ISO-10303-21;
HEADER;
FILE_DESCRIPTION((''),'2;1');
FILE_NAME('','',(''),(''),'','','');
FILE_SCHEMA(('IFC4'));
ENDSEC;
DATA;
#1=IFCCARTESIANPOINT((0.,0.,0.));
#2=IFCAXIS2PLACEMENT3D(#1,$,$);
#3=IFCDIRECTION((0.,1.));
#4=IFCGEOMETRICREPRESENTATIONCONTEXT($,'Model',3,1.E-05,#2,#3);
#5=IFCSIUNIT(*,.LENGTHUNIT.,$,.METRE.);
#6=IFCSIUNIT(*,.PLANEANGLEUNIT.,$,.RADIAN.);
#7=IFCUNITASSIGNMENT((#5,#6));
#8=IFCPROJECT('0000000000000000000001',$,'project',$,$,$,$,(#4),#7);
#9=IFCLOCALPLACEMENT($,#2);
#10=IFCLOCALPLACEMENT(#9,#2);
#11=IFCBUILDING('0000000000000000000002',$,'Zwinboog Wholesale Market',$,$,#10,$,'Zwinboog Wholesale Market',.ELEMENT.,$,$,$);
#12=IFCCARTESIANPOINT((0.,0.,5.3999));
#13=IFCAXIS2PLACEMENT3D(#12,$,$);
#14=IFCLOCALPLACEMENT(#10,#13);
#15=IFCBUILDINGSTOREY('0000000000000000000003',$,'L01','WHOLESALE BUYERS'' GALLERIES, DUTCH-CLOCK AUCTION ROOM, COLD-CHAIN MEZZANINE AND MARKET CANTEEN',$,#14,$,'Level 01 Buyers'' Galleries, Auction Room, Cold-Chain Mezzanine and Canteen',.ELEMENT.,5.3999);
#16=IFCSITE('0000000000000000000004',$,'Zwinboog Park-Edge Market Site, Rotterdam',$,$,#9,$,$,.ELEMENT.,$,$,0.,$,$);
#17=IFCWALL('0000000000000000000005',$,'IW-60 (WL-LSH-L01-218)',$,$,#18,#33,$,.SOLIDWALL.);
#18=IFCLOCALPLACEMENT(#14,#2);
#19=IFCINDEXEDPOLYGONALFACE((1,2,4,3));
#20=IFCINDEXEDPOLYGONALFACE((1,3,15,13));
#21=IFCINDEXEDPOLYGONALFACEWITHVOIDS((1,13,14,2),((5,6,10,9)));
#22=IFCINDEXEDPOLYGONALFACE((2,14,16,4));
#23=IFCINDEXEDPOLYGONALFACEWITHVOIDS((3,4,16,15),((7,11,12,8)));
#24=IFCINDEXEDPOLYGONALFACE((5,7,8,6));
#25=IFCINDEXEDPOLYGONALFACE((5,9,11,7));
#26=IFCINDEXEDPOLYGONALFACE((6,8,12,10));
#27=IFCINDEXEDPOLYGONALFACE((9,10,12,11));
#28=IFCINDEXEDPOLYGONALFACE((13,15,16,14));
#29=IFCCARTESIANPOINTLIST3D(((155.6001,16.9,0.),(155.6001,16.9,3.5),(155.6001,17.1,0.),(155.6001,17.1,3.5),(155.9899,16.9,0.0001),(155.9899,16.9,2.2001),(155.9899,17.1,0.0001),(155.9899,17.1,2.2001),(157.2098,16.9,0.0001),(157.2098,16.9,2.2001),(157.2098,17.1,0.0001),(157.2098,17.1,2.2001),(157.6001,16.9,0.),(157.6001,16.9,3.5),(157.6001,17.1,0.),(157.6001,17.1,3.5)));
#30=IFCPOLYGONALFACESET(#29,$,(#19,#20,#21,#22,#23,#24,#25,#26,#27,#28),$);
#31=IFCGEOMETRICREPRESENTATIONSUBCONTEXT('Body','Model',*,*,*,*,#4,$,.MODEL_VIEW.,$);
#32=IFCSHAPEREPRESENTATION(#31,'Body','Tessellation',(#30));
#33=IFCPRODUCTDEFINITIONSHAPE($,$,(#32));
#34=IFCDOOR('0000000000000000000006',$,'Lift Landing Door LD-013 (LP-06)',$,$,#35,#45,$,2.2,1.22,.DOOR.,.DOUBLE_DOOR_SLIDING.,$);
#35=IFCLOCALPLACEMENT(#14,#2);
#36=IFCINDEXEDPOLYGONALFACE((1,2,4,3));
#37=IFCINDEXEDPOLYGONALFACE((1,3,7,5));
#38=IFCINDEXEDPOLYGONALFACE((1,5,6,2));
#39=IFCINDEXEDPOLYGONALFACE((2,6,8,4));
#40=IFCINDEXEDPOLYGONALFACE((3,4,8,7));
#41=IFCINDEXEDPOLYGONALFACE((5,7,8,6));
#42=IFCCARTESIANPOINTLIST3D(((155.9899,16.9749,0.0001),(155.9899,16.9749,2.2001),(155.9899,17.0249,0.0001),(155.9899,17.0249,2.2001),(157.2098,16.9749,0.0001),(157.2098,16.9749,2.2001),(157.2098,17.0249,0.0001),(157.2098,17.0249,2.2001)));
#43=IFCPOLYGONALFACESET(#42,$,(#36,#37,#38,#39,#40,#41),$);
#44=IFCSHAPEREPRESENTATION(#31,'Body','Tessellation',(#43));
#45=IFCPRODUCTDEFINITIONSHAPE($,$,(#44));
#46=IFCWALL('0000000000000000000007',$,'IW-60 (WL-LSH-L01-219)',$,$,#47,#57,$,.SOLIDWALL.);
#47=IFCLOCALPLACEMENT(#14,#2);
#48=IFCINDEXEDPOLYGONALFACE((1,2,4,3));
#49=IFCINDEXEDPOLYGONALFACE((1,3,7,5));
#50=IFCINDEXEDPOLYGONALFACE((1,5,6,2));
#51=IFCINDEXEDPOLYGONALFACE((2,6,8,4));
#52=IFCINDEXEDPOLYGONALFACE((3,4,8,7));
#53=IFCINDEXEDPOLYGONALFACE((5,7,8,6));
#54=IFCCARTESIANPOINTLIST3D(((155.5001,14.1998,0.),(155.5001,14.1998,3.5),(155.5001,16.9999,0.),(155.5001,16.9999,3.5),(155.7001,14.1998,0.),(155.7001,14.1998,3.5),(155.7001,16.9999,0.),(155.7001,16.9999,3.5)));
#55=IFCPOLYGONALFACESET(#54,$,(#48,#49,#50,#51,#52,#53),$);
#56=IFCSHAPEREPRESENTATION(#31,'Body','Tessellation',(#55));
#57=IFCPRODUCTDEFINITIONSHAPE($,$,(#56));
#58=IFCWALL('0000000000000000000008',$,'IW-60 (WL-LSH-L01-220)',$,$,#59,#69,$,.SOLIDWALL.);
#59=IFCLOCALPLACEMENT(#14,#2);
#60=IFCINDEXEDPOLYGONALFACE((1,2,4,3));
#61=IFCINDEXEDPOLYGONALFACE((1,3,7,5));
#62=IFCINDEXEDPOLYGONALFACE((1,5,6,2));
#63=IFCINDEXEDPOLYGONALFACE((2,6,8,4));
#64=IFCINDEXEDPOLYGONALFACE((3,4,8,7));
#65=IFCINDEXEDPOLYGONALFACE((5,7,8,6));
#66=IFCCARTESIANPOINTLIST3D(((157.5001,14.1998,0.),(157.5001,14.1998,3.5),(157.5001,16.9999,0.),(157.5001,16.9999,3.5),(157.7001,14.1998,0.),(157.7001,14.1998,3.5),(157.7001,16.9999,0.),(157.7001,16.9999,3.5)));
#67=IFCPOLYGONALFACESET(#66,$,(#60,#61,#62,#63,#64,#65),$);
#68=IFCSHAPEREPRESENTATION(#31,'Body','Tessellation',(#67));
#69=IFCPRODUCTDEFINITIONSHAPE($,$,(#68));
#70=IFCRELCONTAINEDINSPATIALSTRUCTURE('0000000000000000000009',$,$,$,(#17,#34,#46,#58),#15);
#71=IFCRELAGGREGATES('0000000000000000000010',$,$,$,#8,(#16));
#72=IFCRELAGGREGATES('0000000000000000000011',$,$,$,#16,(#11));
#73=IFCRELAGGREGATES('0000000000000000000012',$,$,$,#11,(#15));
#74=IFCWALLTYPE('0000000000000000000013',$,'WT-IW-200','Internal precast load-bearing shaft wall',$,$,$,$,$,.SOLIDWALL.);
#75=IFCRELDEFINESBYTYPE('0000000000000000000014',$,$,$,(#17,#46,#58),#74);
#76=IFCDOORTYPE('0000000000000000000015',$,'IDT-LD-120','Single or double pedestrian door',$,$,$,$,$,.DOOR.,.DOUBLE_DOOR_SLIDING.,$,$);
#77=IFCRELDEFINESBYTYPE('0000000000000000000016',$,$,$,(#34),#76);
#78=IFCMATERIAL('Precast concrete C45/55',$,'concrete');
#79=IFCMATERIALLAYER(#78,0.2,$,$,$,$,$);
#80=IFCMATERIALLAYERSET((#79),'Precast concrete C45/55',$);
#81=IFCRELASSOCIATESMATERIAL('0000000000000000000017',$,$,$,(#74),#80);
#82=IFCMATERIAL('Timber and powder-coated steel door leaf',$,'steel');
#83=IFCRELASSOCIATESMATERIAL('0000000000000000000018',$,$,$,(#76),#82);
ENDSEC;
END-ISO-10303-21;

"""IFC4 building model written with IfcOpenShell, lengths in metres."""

from ifc_helpers import new_model, si_unit, direction, frame, frame_2d, origin, place, context, subcontext, project, spatial, rectangle, extrude, material, layer, layer_set, type_object, element, fill, save


model = new_model("IFC4")

# Units and contexts
model_context = context("Model", 3, precision=1e-05, world=origin(), true_north=direction((0.0, 1.0)))
body_context = subcontext(model_context, "Body", "Model", "MODEL_VIEW")
ifc_project = project(units=[si_unit("LENGTHUNIT", "METRE"), si_unit("PLANEANGLEUNIT", "RADIAN")], contexts=[model_context])

# Site, building, storey
site_placement = place(None, origin())
site = spatial("IfcSite", under=ifc_project, at=site_placement, Name="Zwinboog Park-Edge Market Site, Rotterdam", CompositionType="ELEMENT", RefElevation=0.0)
building_placement = place(site_placement, origin())
building = spatial("IfcBuilding", under=site, at=building_placement, Name="Zwinboog Wholesale Market", LongName="Zwinboog Wholesale Market", CompositionType="ELEMENT")
storey_placement = place(building_placement, frame((0.0, 0.0, 5.3999)))
storey = spatial("IfcBuildingStorey", under=building, at=storey_placement, Name="L01", Description="WHOLESALE BUYERS' GALLERIES, DUTCH-CLOCK AUCTION ROOM, COLD-CHAIN MEZZANINE AND MARKET CANTEEN", LongName="Level 01 Buyers' Galleries, Auction Room, Cold-Chain Mezzanine and Canteen", CompositionType="ELEMENT", Elevation=5.3999)

# Shared definitions
ifc_material_1 = material(Name="Precast concrete C45/55", Category="concrete")

# Shared definitions
ifc_material_2 = material(Name="Timber and powder-coated steel door leaf", Category="steel")

# Shared definitions
ifc_layer_1 = layer(ifc_material_1, 0.2)
ifc_layer_set_1 = layer_set([ifc_layer_1], Name="Precast concrete C45/55")
wall_type_1 = type_object("IfcWallType", Name="WT-IW-200", Description="Internal precast load-bearing shaft wall", PredefinedType="SOLIDWALL", material=ifc_layer_set_1)

# Wall, opening, door
wall_1_placement = place(storey_placement, frame((155.6001, 17.0, 0.0), z_axis=(0.0, 0.0, 1.0), x_axis=(1.0, 0.0, 0.0)))
wall_1 = element("IfcWall", 1, at=wall_1_placement, inside=storey, type_object=wall_type_1, Name="IW-60 (WL-LSH-L01-218)", PredefinedType="SOLIDWALL", context=body_context, shape_type="SweptSolid", body=[
    extrude(rectangle(XDim=2.0, YDim=0.2, at=frame_2d((1.0, 0.0))), origin(), (0.0, 0.0, 1.0), 3.5),
])
opening_1_placement = place(wall_1_placement, frame((0.3899, 0.0, 0.0)))
opening_1 = element("IfcOpeningElement", 2, at=opening_1_placement, cuts=wall_1, PredefinedType="OPENING", context=body_context, shape_type="SweptSolid", body=[
    extrude(rectangle(XDim=1.22, YDim=2.2, at=frame_2d((0.6099, 1.1001))), frame((0.0, 0.1099, 0.0), z_axis=(0.0, -1.0, 0.0), x_axis=(1.0, 0.0, 0.0)), (0.0, 0.0, 1.0), 0.22),
])
door_type_1 = type_object("IfcDoorType", Name="IDT-LD-120", Description="Single or double pedestrian door", OperationType="DOUBLE_DOOR_SLIDING", PredefinedType="DOOR", material=ifc_material_2)
door_1_placement = place(opening_1_placement, origin())
door_1 = element("IfcDoor", 3, at=door_1_placement, inside=storey, type_object=door_type_1, Name="Lift Landing Door LD-013 (LP-06)", OperationType="DOUBLE_DOOR_SLIDING", OverallHeight=2.2, OverallWidth=1.22, PredefinedType="DOOR", context=body_context, shape_type="SweptSolid", body=[
    extrude(rectangle(XDim=1.22, YDim=2.2, at=frame_2d((0.6099, 1.1001))), frame((0.0, 0.0249, 0.0), z_axis=(0.0, -1.0, 0.0), x_axis=(1.0, 0.0, 0.0)), (0.0, 0.0, 1.0), 0.05),
])
fill(opening_1, door_1)

# Walls
for number, where, z_axis, x_axis, name in (
    (4, (155.6001, 14.2, 0.0), (0.0, 0.0, 1.0), (0.0, 1.0, 0.0), "IW-60 (WL-LSH-L01-219)"),
    (5, (157.6001, 14.2, 0.0), (0.0, 0.0, 1.0), (0.0, 1.0, 0.0), "IW-60 (WL-LSH-L01-220)"),
):
    element("IfcWall", number, at=place(storey_placement, frame(where, z_axis=z_axis, x_axis=x_axis)), inside=storey, type_object=wall_type_1, Name=name, PredefinedType="SOLIDWALL", context=body_context, shape_type="SweptSolid", body=[
        extrude(rectangle(XDim=2.8, YDim=0.2, at=frame_2d((1.3999, 0.0))), origin(), (0.0, 0.0, 1.0), 3.5),
    ])

save(model, "model.ifc")
